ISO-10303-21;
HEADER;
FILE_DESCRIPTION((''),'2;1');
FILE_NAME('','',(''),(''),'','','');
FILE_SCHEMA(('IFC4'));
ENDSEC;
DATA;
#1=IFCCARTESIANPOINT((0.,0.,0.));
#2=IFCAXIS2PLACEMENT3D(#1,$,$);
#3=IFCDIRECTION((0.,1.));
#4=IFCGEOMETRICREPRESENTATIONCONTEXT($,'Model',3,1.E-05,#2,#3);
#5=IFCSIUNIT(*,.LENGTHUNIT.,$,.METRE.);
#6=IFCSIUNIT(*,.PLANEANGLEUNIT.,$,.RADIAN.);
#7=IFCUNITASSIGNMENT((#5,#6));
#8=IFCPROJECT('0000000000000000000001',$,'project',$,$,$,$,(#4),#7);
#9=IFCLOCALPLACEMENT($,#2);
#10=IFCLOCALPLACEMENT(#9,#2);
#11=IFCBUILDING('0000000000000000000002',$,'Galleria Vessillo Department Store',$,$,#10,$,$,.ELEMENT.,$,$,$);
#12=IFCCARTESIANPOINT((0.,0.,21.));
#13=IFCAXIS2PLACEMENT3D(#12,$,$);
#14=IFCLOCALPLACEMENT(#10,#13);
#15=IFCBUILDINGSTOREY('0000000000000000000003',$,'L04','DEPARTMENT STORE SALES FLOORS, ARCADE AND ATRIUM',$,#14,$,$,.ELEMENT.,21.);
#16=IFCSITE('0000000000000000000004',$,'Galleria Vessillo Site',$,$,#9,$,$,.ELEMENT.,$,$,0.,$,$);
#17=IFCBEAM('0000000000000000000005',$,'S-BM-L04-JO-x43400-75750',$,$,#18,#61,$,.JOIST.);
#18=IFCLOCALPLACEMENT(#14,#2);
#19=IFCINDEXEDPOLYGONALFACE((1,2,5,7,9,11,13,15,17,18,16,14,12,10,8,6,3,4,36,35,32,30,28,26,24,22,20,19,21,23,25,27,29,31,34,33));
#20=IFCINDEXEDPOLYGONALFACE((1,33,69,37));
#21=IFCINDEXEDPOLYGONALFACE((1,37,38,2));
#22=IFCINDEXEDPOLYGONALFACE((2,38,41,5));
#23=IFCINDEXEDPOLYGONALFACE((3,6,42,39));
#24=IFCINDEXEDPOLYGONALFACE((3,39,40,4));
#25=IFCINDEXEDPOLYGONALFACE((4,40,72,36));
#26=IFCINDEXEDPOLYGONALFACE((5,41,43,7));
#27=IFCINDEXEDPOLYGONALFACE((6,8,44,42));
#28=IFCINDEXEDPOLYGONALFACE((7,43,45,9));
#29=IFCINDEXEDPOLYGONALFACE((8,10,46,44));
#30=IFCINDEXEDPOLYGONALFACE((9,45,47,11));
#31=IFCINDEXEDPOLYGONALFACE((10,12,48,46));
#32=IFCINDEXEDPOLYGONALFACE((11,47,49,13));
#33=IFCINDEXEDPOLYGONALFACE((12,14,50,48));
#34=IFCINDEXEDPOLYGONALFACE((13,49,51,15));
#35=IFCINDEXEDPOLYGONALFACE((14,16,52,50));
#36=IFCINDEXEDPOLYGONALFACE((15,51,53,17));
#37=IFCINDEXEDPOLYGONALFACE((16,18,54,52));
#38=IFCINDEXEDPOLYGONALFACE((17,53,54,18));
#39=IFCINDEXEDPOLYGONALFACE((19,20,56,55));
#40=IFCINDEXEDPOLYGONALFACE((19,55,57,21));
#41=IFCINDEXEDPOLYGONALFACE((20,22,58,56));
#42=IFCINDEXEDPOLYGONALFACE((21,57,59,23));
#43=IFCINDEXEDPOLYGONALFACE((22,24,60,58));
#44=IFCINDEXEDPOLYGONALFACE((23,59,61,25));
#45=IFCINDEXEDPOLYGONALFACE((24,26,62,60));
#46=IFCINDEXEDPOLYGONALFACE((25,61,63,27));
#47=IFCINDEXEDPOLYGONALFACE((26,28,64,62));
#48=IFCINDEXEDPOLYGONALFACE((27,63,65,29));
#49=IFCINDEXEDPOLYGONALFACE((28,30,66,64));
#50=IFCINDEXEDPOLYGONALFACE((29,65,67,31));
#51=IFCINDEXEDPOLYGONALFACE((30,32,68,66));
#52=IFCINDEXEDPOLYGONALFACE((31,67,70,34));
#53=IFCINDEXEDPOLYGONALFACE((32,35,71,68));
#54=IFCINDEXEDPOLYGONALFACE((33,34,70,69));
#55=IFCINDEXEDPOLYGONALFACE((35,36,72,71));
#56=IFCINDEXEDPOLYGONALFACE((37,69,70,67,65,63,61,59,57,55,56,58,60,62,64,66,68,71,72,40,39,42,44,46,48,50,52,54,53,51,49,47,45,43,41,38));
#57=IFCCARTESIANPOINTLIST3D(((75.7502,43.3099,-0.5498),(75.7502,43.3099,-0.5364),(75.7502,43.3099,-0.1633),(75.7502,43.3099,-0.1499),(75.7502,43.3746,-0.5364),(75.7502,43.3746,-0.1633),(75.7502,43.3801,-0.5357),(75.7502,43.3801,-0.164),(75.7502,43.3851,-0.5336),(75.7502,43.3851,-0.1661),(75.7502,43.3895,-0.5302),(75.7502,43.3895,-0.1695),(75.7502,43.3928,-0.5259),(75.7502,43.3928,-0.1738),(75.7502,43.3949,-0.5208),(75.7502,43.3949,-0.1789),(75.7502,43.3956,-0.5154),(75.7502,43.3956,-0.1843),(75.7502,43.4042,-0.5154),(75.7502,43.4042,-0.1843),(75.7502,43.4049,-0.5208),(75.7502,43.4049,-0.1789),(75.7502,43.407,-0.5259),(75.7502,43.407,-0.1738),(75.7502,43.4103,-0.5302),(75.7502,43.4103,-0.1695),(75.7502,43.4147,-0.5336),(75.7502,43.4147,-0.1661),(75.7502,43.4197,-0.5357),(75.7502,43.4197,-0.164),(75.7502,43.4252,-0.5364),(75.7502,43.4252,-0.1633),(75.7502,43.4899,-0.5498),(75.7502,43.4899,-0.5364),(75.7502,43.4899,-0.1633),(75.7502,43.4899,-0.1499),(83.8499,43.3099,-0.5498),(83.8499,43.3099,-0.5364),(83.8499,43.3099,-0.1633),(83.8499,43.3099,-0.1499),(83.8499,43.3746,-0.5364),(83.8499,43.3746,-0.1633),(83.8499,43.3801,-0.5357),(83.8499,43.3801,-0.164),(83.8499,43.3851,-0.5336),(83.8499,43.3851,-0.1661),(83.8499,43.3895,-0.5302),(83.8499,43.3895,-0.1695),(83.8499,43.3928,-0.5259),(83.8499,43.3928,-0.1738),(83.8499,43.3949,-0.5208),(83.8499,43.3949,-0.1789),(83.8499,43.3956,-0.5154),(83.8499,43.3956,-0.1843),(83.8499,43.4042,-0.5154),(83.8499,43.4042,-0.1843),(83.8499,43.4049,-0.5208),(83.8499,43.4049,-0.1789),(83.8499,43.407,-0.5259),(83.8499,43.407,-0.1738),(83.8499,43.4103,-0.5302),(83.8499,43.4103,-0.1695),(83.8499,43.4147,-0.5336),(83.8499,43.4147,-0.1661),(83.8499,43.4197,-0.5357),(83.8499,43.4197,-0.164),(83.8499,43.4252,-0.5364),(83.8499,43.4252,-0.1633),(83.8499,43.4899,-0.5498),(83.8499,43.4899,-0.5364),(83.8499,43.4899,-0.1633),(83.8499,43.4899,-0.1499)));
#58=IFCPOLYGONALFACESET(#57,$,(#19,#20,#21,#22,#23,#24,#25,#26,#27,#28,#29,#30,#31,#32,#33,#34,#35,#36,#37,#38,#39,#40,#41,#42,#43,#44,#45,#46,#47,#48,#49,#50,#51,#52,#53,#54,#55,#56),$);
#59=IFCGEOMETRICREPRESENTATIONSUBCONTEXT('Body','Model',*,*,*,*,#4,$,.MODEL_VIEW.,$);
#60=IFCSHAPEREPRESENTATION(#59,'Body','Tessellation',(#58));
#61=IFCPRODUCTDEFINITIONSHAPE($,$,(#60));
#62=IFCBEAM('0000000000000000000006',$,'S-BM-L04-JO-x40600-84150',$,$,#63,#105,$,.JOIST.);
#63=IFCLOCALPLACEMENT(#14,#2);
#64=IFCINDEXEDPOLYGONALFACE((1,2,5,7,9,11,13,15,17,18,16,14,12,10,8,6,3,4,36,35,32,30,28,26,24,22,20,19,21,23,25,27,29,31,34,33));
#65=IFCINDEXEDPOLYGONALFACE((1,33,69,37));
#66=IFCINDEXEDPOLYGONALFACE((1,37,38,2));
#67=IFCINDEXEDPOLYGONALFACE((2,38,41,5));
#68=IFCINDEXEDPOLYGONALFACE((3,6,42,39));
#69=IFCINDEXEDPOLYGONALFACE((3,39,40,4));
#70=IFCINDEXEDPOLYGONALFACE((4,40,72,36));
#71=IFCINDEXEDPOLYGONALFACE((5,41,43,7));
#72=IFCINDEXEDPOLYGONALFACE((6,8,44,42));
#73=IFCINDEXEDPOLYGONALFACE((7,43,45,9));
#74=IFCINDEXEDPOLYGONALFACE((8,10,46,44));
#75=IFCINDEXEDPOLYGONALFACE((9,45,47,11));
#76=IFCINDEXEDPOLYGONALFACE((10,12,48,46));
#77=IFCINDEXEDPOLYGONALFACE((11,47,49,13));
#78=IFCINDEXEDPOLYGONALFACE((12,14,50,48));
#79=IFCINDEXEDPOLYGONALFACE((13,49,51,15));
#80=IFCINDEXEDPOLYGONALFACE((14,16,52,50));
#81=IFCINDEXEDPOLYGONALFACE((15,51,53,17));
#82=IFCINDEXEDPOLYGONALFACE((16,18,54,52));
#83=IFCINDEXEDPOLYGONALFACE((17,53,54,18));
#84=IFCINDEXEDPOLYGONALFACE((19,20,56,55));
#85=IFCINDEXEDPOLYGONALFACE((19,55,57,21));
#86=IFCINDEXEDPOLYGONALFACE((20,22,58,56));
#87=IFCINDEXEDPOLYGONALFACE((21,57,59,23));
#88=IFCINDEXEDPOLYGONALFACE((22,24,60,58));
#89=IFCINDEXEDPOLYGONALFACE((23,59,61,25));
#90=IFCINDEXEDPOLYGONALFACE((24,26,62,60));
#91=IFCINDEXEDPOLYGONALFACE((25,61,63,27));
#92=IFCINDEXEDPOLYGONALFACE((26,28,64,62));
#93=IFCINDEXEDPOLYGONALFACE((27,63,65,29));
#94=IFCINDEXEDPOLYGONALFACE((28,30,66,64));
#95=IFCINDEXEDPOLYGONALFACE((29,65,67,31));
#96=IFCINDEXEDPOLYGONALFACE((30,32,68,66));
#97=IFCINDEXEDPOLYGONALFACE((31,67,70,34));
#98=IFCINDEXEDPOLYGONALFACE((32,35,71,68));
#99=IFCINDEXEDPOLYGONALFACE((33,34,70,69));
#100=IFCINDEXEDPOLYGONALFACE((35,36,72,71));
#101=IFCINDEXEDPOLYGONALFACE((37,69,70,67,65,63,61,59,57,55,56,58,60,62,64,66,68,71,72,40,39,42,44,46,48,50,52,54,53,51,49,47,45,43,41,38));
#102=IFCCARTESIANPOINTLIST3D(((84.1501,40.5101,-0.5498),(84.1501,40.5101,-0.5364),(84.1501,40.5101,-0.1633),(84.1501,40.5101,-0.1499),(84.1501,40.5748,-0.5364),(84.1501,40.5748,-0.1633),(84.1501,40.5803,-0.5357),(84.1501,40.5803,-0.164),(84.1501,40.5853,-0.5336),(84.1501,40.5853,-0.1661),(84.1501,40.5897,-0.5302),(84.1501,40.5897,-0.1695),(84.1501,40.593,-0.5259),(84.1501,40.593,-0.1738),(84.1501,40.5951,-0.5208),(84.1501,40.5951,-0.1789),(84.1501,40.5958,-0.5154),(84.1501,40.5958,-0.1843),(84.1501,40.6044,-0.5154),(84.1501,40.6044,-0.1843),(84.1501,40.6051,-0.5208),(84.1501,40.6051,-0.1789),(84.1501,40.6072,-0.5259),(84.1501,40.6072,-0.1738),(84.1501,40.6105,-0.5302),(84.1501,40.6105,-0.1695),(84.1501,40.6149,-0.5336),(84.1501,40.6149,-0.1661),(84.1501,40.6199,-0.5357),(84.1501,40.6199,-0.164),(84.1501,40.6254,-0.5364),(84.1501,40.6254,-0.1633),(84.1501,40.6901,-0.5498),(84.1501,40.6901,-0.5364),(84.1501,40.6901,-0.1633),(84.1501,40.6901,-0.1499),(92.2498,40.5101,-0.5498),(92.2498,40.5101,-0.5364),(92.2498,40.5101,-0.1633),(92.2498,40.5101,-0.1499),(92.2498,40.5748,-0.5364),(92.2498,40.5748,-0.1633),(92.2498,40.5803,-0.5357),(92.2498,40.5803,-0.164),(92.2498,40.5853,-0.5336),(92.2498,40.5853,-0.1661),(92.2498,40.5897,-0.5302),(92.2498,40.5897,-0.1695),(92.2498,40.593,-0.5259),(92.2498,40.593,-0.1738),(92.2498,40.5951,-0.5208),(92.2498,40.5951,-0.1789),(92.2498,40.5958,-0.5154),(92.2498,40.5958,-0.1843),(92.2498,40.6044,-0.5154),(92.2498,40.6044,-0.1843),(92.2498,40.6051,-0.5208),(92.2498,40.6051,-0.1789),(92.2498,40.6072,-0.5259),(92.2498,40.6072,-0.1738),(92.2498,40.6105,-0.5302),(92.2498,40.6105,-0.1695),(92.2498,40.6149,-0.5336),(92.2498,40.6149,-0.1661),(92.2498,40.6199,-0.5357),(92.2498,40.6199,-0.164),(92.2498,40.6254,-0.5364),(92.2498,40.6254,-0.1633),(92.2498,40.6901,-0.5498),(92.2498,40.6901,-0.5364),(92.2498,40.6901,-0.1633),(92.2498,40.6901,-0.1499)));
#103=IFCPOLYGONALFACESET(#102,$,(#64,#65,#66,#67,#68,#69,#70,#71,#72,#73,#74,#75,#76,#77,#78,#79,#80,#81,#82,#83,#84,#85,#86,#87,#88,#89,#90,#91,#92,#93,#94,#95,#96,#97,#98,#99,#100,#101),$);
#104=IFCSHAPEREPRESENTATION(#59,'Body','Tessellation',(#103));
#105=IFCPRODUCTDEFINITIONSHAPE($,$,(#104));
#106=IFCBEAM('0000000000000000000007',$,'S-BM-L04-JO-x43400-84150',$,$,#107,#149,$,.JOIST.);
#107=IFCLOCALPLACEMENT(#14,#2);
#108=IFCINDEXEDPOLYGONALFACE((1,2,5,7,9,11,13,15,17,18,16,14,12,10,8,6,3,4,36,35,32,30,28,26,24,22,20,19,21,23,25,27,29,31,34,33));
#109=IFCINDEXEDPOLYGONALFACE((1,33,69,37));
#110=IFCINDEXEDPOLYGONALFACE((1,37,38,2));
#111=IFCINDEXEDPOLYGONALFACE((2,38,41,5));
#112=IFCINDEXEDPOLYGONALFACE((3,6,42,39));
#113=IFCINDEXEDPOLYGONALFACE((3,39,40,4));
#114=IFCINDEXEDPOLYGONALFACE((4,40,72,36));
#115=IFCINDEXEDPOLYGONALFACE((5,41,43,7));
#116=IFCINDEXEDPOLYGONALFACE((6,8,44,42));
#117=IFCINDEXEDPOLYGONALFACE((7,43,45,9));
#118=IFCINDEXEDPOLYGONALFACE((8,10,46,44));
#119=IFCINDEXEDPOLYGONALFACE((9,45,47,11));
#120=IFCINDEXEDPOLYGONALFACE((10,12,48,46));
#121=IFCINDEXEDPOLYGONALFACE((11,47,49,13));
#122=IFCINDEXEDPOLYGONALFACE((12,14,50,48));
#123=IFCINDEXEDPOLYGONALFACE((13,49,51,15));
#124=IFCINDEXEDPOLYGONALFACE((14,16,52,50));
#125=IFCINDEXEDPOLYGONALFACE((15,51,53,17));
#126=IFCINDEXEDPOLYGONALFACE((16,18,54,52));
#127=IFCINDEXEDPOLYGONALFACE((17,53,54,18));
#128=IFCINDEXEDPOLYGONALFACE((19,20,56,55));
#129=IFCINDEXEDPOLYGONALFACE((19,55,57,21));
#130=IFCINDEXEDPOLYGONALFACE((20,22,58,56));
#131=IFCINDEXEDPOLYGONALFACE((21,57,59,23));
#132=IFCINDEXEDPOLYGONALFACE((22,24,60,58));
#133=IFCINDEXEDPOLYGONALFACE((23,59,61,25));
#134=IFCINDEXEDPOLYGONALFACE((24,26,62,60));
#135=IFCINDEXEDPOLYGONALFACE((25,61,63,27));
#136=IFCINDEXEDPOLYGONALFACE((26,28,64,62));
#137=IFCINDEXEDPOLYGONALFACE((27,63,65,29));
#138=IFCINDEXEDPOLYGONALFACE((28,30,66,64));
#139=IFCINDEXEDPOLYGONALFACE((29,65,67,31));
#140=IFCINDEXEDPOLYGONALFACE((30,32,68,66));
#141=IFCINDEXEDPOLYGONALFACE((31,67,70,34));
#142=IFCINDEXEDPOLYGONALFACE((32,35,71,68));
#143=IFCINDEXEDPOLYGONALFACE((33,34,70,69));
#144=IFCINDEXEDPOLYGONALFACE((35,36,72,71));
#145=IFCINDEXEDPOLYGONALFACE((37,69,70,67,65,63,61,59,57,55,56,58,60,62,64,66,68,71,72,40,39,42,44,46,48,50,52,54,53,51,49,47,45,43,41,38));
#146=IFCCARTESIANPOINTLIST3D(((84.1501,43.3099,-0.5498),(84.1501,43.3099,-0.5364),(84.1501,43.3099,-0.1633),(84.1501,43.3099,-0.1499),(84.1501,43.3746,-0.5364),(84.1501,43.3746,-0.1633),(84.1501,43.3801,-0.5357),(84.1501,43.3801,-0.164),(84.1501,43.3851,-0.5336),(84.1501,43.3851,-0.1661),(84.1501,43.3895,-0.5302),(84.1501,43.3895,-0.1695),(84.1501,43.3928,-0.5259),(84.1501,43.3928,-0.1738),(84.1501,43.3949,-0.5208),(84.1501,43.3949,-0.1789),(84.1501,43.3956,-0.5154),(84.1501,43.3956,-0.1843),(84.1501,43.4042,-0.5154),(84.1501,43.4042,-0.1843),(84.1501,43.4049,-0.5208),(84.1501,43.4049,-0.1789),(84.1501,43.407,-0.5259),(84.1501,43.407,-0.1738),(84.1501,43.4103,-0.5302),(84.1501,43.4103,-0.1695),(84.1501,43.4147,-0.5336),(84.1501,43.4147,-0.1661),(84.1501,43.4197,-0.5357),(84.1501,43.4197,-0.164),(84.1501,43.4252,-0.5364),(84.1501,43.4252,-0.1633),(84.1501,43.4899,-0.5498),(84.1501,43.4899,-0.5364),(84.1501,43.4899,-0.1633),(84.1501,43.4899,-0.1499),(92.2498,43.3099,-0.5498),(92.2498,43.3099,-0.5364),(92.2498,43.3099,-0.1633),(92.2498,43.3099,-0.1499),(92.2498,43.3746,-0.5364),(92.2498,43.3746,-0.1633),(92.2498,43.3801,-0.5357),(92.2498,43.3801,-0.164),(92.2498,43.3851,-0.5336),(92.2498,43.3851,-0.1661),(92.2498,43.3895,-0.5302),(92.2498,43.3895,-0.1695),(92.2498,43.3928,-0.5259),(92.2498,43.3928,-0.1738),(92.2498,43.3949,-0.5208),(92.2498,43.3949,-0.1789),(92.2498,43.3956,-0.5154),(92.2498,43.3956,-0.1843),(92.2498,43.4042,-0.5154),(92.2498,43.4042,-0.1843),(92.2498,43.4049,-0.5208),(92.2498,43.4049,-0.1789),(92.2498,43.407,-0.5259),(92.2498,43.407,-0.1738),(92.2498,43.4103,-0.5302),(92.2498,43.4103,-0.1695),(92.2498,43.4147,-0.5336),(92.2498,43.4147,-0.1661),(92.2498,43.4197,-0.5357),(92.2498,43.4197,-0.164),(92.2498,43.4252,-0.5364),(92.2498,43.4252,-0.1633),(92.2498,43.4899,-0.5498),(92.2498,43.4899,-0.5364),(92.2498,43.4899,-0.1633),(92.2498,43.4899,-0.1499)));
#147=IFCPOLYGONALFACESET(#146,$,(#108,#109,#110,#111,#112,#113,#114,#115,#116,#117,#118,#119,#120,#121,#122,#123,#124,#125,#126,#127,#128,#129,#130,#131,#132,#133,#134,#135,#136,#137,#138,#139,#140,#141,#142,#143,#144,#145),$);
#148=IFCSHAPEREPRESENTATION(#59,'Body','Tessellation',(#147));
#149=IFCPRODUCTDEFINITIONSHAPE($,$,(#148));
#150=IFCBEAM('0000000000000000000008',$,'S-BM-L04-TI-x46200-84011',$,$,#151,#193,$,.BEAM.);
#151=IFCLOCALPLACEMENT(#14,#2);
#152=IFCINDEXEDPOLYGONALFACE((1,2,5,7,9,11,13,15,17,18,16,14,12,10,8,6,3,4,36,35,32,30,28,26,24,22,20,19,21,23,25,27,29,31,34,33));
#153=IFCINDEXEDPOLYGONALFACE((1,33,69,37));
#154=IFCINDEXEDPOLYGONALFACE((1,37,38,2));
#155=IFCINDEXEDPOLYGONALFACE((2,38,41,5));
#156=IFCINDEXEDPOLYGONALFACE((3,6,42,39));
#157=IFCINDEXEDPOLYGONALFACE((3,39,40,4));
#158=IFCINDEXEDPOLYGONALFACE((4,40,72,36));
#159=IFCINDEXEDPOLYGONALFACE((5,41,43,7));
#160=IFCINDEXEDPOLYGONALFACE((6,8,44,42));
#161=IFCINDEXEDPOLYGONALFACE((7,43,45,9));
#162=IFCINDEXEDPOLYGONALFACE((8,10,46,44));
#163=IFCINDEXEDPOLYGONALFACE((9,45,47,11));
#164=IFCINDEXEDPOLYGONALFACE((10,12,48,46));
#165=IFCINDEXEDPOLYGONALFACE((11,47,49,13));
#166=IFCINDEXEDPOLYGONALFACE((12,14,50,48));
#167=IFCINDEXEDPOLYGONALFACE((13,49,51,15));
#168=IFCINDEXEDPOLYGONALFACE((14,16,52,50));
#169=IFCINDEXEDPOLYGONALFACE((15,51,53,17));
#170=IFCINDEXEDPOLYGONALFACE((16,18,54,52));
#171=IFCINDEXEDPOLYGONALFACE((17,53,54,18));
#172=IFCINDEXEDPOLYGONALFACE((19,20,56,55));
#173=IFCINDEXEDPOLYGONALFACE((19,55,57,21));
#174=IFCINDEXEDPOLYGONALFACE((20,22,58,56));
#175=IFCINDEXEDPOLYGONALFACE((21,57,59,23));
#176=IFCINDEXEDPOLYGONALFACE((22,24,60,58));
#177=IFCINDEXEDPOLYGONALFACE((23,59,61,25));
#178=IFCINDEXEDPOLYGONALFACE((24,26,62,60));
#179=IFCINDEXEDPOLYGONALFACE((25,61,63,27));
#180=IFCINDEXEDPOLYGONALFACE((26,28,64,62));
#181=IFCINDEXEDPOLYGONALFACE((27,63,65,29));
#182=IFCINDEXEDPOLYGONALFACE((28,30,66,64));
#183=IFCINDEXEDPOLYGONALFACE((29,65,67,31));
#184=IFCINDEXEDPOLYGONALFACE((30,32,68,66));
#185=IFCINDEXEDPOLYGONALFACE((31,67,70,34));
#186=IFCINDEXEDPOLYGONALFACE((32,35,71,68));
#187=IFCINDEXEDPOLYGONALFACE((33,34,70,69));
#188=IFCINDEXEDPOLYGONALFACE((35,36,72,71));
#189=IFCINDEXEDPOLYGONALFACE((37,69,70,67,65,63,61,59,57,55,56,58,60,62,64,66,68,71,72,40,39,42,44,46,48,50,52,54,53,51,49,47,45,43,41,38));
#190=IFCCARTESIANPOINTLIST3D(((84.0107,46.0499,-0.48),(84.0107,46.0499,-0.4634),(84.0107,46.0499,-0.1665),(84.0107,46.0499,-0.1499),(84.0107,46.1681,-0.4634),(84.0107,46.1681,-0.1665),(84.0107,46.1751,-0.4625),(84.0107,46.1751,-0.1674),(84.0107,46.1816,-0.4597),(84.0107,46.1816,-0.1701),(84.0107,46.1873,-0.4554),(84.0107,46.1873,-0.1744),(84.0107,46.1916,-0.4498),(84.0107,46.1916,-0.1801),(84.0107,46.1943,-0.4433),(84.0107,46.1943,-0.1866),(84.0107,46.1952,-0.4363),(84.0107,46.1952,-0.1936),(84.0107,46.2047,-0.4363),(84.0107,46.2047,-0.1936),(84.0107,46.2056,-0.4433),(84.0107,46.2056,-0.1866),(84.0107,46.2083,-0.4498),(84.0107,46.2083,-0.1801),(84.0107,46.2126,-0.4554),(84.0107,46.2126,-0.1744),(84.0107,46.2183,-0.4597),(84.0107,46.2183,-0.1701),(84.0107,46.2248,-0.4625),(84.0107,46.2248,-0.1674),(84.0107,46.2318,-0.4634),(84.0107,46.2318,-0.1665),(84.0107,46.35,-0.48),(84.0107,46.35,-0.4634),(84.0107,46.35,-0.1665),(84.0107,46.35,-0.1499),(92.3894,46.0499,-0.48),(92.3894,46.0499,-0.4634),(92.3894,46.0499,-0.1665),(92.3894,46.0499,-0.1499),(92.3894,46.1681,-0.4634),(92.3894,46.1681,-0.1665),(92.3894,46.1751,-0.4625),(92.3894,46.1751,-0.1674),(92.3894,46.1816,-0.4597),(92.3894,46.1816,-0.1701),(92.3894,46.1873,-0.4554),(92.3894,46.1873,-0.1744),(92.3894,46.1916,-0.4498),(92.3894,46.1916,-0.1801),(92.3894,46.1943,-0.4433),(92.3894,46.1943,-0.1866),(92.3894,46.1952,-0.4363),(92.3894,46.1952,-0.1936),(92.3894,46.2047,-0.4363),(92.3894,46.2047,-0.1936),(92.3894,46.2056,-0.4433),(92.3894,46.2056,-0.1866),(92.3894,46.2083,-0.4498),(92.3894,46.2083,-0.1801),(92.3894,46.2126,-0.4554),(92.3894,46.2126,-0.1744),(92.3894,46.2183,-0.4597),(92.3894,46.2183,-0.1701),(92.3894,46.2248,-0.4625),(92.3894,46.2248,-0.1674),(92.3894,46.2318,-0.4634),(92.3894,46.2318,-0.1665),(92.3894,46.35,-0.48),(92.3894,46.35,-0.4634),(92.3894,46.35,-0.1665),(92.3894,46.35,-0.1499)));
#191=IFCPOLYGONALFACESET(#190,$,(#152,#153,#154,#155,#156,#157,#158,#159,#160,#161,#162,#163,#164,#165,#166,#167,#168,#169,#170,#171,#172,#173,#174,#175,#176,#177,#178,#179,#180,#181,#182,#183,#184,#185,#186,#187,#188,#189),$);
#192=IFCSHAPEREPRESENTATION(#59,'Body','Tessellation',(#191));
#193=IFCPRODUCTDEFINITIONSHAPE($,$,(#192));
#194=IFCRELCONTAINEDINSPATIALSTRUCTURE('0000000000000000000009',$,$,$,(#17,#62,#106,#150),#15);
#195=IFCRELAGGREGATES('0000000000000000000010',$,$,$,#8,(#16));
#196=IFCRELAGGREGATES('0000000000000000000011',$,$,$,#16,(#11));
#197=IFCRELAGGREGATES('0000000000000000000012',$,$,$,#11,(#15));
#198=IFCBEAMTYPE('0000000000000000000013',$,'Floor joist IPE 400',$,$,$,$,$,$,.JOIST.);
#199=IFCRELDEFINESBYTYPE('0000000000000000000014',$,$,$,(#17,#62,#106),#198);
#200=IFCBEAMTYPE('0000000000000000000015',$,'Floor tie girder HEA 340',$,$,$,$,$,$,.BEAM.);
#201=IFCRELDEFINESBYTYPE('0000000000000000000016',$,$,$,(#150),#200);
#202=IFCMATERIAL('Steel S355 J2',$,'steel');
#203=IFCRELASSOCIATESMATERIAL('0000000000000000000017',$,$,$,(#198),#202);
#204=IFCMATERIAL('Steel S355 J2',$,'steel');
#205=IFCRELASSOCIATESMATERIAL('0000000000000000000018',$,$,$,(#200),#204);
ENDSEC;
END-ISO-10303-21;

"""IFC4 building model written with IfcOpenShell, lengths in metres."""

from ifc_helpers import new_model, si_unit, direction, frame, origin, origin_2d, place, context, subcontext, project, spatial, i_section, extrude, material, material_profile, profile_set, type_object, element, save


model = new_model("IFC4")

# Units and contexts
model_context = context("Model", 3, precision=1e-05, world=origin(), true_north=direction((0.0, 1.0)))
body_context = subcontext(model_context, "Body", "Model", "MODEL_VIEW")
ifc_project = project(units=[si_unit("LENGTHUNIT", "METRE"), si_unit("PLANEANGLEUNIT", "RADIAN")], contexts=[model_context])

# Site, building, storey
site_placement = place(None, origin())
site = spatial("IfcSite", under=ifc_project, at=site_placement, Name="Galleria Vessillo Site", CompositionType="ELEMENT", RefElevation=0.0)
building_placement = place(site_placement, origin())
building = spatial("IfcBuilding", under=site, at=building_placement, Name="Galleria Vessillo Department Store", CompositionType="ELEMENT")
storey_placement = place(building_placement, frame((0.0, 0.0, 21.0)))
storey = spatial("IfcBuildingStorey", under=building, at=storey_placement, Name="L04", Description="DEPARTMENT STORE SALES FLOORS, ARCADE AND ATRIUM", CompositionType="ELEMENT", Elevation=21.0)

# Beams
ifc_material_1 = material(Name="Steel S355 J2", Category="steel")
ifc_material_profile_1 = material_profile(ifc_material_1, i_section(OverallWidth=0.1799, OverallDepth=0.3999, WebThickness=0.0085, FlangeThickness=0.0134, FilletRadius=0.021, at=origin_2d()), Name="IPE 400")
ifc_profile_set_1 = profile_set([ifc_material_profile_1], Name="Steel S355 J2")
beam_type_1 = type_object("IfcBeamType", Name="Floor joist IPE 400", PredefinedType="JOIST", material=ifc_profile_set_1)
for number, where, z_axis, x_axis, name in (
    (1, (75.7502, 43.3999, -0.3499), (1.0, 0.0, 0.0), (0.0, 1.0, 0.0), "S-BM-L04-JO-x43400-75750"),
    (2, (84.1501, 40.6001, -0.3499), (1.0, 0.0, 0.0), (0.0, 1.0, 0.0), "S-BM-L04-JO-x40600-84150"),
    (3, (84.1501, 43.3999, -0.3499), (1.0, 0.0, 0.0), (0.0, 1.0, 0.0), "S-BM-L04-JO-x43400-84150"),
):
    element("IfcBeam", number, at=place(storey_placement, frame(where, z_axis=z_axis, x_axis=x_axis)), inside=storey, type_object=beam_type_1, Name=name, PredefinedType="JOIST", context=body_context, shape_type="SweptSolid", body=[
        extrude(i_section(OverallWidth=0.1799, OverallDepth=0.3999, WebThickness=0.0085, FlangeThickness=0.0134, FilletRadius=0.021, at=origin_2d()), origin(), (0.0, 0.0, 1.0), 8.0996),
    ])
ifc_material_2 = material(Name="Steel S355 J2", Category="steel")
ifc_material_profile_2 = material_profile(ifc_material_2, i_section(OverallWidth=0.3, OverallDepth=0.3301, WebThickness=0.0095, FlangeThickness=0.0166, FilletRadius=0.0271, at=origin_2d()), Name="HEA 340")
ifc_profile_set_2 = profile_set([ifc_material_profile_2], Name="Steel S355 J2")
beam_type_2 = type_object("IfcBeamType", Name="Floor tie girder HEA 340", PredefinedType="BEAM", material=ifc_profile_set_2)
beam_1_placement = place(storey_placement, frame((84.0107, 46.2, -0.3149), z_axis=(1.0, 0.0, 0.0), x_axis=(0.0, 1.0, 0.0)))
element("IfcBeam", 4, at=beam_1_placement, inside=storey, type_object=beam_type_2, Name="S-BM-L04-TI-x46200-84011", PredefinedType="BEAM", context=body_context, shape_type="SweptSolid", body=[
    extrude(i_section(OverallWidth=0.3, OverallDepth=0.3301, WebThickness=0.0095, FlangeThickness=0.0166, FilletRadius=0.0271, at=origin_2d()), origin(), (0.0, 0.0, 1.0), 8.3787),
])

save(model, "model.ifc")
